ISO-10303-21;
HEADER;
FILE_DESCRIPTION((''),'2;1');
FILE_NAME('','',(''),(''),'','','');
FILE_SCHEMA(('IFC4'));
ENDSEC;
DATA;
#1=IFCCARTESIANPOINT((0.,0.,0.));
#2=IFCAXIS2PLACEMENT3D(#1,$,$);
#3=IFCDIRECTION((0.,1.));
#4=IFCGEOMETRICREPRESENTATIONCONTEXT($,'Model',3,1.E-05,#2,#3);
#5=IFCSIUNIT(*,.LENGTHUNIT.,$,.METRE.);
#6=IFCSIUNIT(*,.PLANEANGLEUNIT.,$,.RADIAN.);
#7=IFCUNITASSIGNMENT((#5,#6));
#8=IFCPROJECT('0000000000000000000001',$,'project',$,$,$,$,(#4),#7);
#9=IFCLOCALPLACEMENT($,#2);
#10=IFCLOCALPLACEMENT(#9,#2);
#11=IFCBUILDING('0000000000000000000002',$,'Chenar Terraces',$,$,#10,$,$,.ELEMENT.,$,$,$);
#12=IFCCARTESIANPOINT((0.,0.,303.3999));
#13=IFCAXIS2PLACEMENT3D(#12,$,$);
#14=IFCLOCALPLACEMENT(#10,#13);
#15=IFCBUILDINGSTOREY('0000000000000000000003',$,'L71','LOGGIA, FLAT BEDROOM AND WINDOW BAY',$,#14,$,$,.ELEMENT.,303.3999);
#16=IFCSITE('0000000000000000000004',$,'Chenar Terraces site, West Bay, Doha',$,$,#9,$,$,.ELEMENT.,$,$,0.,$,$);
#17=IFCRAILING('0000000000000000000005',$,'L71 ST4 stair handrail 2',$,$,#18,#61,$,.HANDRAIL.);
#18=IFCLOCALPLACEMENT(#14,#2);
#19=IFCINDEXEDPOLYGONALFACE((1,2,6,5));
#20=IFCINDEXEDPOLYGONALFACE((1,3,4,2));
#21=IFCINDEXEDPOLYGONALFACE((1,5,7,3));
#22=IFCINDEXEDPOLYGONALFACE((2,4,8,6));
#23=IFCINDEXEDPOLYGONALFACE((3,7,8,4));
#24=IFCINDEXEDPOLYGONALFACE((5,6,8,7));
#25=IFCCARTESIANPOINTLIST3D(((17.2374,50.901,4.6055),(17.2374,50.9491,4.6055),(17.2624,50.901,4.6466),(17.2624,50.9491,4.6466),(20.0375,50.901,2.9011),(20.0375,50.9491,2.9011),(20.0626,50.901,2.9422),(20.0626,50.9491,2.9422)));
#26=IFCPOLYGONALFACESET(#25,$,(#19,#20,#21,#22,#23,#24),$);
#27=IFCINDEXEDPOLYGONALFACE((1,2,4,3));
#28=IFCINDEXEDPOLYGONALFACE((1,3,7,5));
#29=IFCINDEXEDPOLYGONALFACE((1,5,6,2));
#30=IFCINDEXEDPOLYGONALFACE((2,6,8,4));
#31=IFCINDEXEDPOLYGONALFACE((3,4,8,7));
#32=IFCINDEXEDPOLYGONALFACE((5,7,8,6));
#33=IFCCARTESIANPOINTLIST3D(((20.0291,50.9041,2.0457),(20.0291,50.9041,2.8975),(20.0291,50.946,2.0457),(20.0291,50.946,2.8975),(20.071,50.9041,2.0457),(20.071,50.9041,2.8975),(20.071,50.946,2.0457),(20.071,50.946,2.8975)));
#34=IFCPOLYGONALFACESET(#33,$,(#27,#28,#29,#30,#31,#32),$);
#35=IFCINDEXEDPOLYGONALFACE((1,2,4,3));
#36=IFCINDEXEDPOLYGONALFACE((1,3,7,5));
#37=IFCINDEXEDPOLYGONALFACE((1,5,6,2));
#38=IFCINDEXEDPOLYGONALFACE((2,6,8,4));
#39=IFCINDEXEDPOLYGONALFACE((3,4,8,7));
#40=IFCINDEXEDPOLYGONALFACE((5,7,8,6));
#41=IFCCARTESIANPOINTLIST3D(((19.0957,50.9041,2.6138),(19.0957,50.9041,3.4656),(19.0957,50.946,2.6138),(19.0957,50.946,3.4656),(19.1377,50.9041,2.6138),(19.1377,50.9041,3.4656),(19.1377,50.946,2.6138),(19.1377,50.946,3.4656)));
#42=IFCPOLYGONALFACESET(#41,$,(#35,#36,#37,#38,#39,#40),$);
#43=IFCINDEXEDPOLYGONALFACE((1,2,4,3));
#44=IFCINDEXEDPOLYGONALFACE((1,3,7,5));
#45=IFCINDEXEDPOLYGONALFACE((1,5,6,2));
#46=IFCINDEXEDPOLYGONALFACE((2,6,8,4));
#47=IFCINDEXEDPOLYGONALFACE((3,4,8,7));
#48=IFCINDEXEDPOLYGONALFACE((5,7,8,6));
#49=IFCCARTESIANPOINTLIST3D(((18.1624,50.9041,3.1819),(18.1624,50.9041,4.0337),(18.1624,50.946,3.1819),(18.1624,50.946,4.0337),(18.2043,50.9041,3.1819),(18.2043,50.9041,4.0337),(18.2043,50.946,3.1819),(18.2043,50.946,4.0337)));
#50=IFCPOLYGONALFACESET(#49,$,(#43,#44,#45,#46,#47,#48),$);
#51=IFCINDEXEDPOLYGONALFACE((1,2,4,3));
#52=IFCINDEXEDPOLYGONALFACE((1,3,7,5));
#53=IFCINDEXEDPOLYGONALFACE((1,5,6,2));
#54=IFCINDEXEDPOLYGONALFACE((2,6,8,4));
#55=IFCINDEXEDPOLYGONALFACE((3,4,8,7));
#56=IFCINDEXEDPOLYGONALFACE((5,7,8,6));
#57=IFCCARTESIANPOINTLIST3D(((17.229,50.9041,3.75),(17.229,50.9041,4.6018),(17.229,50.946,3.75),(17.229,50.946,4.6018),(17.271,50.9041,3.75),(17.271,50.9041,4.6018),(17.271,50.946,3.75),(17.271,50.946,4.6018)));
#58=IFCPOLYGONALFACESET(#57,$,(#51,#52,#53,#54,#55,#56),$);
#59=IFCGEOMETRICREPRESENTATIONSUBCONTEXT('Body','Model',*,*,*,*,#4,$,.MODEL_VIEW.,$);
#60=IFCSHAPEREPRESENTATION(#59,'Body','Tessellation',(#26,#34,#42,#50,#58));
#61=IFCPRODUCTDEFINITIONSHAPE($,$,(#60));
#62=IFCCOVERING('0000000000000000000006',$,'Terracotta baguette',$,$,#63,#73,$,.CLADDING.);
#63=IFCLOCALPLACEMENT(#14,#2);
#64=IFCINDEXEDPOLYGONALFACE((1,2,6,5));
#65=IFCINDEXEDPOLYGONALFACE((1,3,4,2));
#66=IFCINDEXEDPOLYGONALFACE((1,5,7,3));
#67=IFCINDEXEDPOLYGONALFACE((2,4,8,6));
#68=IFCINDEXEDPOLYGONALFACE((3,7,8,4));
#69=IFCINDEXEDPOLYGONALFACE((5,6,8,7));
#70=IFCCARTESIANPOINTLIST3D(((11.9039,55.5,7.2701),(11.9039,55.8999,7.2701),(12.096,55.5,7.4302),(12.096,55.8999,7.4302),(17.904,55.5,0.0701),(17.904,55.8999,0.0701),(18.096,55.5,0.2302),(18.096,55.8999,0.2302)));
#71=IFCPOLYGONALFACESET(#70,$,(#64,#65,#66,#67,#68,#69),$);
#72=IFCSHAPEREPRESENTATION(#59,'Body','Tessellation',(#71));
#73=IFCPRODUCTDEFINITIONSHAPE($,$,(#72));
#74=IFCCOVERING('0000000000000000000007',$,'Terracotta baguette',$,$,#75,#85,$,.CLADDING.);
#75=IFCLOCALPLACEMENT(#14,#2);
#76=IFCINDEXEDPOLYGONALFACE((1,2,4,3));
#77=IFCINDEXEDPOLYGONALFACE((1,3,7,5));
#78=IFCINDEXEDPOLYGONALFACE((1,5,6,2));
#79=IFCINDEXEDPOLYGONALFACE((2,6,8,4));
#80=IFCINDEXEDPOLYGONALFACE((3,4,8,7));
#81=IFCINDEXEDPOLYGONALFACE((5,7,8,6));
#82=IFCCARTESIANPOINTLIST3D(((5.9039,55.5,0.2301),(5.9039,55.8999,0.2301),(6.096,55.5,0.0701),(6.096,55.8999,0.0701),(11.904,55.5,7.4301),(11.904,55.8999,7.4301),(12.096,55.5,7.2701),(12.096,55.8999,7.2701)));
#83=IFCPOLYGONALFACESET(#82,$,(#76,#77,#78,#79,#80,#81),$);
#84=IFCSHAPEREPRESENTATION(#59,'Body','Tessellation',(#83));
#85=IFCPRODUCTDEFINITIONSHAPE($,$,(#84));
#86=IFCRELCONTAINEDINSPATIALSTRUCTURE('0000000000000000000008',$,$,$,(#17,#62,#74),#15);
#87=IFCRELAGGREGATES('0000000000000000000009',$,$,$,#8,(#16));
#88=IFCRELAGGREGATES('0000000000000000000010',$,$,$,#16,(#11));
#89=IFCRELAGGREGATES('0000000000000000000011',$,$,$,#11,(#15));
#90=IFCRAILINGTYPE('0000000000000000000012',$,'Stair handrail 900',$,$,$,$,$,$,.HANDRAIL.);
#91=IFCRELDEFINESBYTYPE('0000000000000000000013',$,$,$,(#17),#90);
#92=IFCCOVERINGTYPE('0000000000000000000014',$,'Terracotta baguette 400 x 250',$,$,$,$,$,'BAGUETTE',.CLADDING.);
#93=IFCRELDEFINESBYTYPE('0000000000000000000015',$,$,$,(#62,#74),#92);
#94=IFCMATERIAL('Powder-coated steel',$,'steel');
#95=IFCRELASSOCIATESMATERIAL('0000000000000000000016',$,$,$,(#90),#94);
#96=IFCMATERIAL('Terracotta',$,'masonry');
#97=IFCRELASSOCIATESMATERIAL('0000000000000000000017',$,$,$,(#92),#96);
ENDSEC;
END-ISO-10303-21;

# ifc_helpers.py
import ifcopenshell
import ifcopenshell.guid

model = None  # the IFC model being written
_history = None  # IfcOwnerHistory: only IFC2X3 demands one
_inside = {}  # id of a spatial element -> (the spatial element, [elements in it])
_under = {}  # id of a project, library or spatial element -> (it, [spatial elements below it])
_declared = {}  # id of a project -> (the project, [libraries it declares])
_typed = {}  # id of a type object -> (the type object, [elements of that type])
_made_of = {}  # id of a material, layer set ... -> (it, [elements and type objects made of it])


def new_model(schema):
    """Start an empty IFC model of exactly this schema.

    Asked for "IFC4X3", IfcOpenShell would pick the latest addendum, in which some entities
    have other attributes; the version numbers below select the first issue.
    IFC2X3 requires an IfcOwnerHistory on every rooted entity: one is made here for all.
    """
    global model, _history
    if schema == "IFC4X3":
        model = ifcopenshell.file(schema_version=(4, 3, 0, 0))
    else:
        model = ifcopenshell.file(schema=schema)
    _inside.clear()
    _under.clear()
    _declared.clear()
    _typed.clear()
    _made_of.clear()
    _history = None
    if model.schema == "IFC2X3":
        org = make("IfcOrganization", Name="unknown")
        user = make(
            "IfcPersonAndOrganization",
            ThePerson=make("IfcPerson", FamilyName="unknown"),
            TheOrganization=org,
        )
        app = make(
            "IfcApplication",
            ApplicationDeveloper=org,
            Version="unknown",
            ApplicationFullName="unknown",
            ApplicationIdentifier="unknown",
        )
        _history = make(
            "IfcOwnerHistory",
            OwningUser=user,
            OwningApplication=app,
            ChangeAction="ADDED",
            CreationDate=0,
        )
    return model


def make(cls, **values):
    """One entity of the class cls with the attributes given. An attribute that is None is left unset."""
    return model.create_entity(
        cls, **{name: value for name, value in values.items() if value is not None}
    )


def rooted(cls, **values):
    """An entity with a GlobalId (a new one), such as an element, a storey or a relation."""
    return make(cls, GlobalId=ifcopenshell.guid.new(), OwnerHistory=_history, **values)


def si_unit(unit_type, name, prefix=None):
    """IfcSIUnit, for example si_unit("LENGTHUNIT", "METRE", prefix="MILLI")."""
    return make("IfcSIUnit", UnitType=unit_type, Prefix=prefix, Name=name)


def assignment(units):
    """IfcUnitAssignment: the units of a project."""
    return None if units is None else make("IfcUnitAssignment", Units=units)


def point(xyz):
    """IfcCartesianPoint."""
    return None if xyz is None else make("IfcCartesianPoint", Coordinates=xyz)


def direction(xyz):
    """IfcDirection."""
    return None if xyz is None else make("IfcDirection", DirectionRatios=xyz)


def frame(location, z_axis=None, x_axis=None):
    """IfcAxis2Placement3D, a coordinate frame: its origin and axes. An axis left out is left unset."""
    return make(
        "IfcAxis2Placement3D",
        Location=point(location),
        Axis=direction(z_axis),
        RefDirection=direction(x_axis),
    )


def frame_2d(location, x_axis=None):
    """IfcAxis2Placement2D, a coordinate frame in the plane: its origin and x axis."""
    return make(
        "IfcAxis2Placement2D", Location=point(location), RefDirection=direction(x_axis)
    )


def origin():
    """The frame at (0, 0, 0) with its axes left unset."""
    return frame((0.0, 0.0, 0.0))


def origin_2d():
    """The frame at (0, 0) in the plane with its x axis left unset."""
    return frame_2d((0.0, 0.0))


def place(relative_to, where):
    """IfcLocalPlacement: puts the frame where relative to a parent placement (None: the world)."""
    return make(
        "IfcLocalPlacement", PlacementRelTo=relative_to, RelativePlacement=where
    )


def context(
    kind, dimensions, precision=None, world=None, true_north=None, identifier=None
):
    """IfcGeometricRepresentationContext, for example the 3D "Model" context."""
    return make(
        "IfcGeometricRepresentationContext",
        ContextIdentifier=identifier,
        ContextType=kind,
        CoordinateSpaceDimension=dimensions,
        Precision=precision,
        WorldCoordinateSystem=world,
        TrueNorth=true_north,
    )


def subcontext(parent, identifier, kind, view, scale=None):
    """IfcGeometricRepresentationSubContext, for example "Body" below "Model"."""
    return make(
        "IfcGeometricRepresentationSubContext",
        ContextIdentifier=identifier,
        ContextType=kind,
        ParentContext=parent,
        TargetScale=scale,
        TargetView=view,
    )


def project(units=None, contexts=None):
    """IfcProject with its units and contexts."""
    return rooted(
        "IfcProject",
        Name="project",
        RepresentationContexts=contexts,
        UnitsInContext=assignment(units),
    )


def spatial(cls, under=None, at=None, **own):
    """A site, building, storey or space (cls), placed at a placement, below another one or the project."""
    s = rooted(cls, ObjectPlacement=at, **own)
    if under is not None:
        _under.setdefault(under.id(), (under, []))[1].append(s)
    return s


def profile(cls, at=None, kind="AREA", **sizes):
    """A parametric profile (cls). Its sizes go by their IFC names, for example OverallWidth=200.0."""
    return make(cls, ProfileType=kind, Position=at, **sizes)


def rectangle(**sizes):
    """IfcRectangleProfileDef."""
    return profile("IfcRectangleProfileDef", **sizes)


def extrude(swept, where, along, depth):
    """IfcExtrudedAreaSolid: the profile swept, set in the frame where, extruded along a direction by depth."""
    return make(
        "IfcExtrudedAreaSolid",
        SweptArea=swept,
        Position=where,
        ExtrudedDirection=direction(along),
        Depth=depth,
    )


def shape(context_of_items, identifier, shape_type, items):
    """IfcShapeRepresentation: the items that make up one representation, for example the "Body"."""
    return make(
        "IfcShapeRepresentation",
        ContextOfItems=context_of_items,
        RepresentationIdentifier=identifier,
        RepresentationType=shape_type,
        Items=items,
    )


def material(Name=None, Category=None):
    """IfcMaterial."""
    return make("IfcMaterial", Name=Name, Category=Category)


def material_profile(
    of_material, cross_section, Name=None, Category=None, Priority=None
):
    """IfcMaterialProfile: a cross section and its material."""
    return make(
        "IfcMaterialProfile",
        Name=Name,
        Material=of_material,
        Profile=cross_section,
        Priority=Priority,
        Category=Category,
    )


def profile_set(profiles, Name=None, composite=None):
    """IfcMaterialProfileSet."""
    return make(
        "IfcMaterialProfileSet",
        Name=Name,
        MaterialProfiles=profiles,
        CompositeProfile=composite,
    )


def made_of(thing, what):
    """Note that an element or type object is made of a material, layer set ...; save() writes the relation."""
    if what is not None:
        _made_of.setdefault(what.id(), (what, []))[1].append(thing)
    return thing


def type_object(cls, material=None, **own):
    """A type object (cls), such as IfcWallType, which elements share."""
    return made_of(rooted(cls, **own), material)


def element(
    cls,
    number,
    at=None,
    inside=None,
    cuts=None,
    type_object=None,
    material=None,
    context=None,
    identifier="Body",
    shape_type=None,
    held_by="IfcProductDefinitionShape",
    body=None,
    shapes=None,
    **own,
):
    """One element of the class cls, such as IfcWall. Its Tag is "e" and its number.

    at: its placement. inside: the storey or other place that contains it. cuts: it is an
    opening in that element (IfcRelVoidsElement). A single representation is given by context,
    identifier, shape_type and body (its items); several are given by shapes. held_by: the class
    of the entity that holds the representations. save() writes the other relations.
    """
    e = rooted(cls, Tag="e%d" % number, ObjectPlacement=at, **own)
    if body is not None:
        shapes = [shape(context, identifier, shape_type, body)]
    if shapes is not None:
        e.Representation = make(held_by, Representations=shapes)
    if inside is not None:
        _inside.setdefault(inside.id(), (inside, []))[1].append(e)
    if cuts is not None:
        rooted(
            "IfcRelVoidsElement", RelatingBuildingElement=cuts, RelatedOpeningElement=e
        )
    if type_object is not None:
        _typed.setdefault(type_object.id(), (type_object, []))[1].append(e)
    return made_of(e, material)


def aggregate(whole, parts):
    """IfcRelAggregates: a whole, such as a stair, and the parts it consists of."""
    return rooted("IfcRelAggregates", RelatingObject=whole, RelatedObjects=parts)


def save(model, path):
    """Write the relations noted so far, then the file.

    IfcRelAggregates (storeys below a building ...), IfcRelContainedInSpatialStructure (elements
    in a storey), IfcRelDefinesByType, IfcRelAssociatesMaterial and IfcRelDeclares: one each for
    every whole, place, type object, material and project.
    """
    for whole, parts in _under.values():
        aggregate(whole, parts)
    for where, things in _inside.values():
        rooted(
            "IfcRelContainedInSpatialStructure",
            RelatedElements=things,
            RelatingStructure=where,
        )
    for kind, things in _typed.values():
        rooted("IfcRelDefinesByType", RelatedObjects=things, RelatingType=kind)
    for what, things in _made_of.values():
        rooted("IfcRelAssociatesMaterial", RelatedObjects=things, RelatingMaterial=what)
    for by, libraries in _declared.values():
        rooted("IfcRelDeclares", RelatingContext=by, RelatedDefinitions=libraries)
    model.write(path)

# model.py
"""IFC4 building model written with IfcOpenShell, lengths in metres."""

from ifc_helpers import new_model, si_unit, direction, frame, origin, origin_2d, place, context, subcontext, project, spatial, rectangle, extrude, material, material_profile, profile_set, type_object, element, save


model = new_model("IFC4")

# Units and contexts
model_context = context("Model", 3, precision=1e-05, world=origin(), true_north=direction((0.0, 1.0)))
body_context = subcontext(model_context, "Body", "Model", "MODEL_VIEW")
ifc_project = project(units=[si_unit("LENGTHUNIT", "METRE"), si_unit("PLANEANGLEUNIT", "RADIAN")], contexts=[model_context])

# Site, building, storey
site_placement = place(None, origin())
site = spatial("IfcSite", under=ifc_project, at=site_placement, Name="Chenar Terraces site, West Bay, Doha", CompositionType="ELEMENT", RefElevation=0.0)
building_placement = place(site_placement, origin())
building = spatial("IfcBuilding", under=site, at=building_placement, Name="Chenar Terraces", CompositionType="ELEMENT")
storey_placement = place(building_placement, frame((0.0, 0.0, 303.3999)))
storey = spatial("IfcBuildingStorey", under=building, at=storey_placement, Name="L71", Description="LOGGIA, FLAT BEDROOM AND WINDOW BAY", CompositionType="ELEMENT", Elevation=303.3999)

# Railing
ifc_material_1 = material(Name="Powder-coated steel", Category="steel")
railing_type_1 = type_object("IfcRailingType", Name="Stair handrail 900", PredefinedType="HANDRAIL", material=ifc_material_1)
railing_1_placement = place(storey_placement, frame((20.05, 50.925, 2.0457)))
element("IfcRailing", 1, at=railing_1_placement, inside=storey, type_object=railing_type_1, Name="L71 ST4 stair handrail 2", PredefinedType="HANDRAIL", context=body_context, shape_type="SweptSolid", body=[
    extrude(rectangle(XDim=0.0481, YDim=0.0481, at=origin_2d()), frame((0.0, 0.0, 0.876), z_axis=(-0.854203, 0.0, 0.51994), x_axis=(0.0, -1.0, 0.0)), (0.0, 0.0, 1.0), 3.2781),
    extrude(rectangle(XDim=0.042, YDim=0.042, at=origin_2d()), origin(), (0.0, 0.0, 1.0), 0.8518),
    extrude(rectangle(XDim=0.042, YDim=0.042, at=origin_2d()), frame((-0.9333, 0.0, 0.5681)), (0.0, 0.0, 1.0), 0.8518),
    extrude(rectangle(XDim=0.042, YDim=0.042, at=origin_2d()), frame((-1.8667, 0.0, 1.1362)), (0.0, 0.0, 1.0), 0.8518),
    extrude(rectangle(XDim=0.042, YDim=0.042, at=origin_2d()), frame((-2.8, 0.0, 1.7043)), (0.0, 0.0, 1.0), 0.8518),
])

# Coverings
ifc_material_2 = material(Name="Terracotta", Category="masonry")
ifc_material_profile_1 = material_profile(ifc_material_2, rectangle(XDim=0.3999, YDim=0.25, at=origin_2d()), Name="Terracotta baguette 400 x 250")
ifc_profile_set_1 = profile_set([ifc_material_profile_1], Name="Terracotta")
covering_type = type_object("IfcCoveringType", Name="Terracotta baguette 400 x 250", ElementType="BAGUETTE", PredefinedType="CLADDING", material=ifc_profile_set_1)
for number, where, z_axis, x_axis, name in (
    (2, (18.0, 55.7, 0.1501), (-0.640187, 0.0, 0.768219), (0.0, -1.0, 0.0), "Terracotta baguette"),
    (3, (12.0, 55.7, 7.3501), (-0.640187, 0.0, -0.768219), (0.0, -1.0, 0.0), "Terracotta baguette"),
):
    element("IfcCovering", number, at=place(storey_placement, frame(where, z_axis=z_axis, x_axis=x_axis)), inside=storey, type_object=covering_type, Name=name, PredefinedType="CLADDING", context=body_context, shape_type="SweptSolid", body=[
        extrude(rectangle(XDim=0.3999, YDim=0.25, at=origin_2d()), origin(), (0.0, 0.0, 1.0), 9.3723),
    ])

save(model, "model.ifc")
